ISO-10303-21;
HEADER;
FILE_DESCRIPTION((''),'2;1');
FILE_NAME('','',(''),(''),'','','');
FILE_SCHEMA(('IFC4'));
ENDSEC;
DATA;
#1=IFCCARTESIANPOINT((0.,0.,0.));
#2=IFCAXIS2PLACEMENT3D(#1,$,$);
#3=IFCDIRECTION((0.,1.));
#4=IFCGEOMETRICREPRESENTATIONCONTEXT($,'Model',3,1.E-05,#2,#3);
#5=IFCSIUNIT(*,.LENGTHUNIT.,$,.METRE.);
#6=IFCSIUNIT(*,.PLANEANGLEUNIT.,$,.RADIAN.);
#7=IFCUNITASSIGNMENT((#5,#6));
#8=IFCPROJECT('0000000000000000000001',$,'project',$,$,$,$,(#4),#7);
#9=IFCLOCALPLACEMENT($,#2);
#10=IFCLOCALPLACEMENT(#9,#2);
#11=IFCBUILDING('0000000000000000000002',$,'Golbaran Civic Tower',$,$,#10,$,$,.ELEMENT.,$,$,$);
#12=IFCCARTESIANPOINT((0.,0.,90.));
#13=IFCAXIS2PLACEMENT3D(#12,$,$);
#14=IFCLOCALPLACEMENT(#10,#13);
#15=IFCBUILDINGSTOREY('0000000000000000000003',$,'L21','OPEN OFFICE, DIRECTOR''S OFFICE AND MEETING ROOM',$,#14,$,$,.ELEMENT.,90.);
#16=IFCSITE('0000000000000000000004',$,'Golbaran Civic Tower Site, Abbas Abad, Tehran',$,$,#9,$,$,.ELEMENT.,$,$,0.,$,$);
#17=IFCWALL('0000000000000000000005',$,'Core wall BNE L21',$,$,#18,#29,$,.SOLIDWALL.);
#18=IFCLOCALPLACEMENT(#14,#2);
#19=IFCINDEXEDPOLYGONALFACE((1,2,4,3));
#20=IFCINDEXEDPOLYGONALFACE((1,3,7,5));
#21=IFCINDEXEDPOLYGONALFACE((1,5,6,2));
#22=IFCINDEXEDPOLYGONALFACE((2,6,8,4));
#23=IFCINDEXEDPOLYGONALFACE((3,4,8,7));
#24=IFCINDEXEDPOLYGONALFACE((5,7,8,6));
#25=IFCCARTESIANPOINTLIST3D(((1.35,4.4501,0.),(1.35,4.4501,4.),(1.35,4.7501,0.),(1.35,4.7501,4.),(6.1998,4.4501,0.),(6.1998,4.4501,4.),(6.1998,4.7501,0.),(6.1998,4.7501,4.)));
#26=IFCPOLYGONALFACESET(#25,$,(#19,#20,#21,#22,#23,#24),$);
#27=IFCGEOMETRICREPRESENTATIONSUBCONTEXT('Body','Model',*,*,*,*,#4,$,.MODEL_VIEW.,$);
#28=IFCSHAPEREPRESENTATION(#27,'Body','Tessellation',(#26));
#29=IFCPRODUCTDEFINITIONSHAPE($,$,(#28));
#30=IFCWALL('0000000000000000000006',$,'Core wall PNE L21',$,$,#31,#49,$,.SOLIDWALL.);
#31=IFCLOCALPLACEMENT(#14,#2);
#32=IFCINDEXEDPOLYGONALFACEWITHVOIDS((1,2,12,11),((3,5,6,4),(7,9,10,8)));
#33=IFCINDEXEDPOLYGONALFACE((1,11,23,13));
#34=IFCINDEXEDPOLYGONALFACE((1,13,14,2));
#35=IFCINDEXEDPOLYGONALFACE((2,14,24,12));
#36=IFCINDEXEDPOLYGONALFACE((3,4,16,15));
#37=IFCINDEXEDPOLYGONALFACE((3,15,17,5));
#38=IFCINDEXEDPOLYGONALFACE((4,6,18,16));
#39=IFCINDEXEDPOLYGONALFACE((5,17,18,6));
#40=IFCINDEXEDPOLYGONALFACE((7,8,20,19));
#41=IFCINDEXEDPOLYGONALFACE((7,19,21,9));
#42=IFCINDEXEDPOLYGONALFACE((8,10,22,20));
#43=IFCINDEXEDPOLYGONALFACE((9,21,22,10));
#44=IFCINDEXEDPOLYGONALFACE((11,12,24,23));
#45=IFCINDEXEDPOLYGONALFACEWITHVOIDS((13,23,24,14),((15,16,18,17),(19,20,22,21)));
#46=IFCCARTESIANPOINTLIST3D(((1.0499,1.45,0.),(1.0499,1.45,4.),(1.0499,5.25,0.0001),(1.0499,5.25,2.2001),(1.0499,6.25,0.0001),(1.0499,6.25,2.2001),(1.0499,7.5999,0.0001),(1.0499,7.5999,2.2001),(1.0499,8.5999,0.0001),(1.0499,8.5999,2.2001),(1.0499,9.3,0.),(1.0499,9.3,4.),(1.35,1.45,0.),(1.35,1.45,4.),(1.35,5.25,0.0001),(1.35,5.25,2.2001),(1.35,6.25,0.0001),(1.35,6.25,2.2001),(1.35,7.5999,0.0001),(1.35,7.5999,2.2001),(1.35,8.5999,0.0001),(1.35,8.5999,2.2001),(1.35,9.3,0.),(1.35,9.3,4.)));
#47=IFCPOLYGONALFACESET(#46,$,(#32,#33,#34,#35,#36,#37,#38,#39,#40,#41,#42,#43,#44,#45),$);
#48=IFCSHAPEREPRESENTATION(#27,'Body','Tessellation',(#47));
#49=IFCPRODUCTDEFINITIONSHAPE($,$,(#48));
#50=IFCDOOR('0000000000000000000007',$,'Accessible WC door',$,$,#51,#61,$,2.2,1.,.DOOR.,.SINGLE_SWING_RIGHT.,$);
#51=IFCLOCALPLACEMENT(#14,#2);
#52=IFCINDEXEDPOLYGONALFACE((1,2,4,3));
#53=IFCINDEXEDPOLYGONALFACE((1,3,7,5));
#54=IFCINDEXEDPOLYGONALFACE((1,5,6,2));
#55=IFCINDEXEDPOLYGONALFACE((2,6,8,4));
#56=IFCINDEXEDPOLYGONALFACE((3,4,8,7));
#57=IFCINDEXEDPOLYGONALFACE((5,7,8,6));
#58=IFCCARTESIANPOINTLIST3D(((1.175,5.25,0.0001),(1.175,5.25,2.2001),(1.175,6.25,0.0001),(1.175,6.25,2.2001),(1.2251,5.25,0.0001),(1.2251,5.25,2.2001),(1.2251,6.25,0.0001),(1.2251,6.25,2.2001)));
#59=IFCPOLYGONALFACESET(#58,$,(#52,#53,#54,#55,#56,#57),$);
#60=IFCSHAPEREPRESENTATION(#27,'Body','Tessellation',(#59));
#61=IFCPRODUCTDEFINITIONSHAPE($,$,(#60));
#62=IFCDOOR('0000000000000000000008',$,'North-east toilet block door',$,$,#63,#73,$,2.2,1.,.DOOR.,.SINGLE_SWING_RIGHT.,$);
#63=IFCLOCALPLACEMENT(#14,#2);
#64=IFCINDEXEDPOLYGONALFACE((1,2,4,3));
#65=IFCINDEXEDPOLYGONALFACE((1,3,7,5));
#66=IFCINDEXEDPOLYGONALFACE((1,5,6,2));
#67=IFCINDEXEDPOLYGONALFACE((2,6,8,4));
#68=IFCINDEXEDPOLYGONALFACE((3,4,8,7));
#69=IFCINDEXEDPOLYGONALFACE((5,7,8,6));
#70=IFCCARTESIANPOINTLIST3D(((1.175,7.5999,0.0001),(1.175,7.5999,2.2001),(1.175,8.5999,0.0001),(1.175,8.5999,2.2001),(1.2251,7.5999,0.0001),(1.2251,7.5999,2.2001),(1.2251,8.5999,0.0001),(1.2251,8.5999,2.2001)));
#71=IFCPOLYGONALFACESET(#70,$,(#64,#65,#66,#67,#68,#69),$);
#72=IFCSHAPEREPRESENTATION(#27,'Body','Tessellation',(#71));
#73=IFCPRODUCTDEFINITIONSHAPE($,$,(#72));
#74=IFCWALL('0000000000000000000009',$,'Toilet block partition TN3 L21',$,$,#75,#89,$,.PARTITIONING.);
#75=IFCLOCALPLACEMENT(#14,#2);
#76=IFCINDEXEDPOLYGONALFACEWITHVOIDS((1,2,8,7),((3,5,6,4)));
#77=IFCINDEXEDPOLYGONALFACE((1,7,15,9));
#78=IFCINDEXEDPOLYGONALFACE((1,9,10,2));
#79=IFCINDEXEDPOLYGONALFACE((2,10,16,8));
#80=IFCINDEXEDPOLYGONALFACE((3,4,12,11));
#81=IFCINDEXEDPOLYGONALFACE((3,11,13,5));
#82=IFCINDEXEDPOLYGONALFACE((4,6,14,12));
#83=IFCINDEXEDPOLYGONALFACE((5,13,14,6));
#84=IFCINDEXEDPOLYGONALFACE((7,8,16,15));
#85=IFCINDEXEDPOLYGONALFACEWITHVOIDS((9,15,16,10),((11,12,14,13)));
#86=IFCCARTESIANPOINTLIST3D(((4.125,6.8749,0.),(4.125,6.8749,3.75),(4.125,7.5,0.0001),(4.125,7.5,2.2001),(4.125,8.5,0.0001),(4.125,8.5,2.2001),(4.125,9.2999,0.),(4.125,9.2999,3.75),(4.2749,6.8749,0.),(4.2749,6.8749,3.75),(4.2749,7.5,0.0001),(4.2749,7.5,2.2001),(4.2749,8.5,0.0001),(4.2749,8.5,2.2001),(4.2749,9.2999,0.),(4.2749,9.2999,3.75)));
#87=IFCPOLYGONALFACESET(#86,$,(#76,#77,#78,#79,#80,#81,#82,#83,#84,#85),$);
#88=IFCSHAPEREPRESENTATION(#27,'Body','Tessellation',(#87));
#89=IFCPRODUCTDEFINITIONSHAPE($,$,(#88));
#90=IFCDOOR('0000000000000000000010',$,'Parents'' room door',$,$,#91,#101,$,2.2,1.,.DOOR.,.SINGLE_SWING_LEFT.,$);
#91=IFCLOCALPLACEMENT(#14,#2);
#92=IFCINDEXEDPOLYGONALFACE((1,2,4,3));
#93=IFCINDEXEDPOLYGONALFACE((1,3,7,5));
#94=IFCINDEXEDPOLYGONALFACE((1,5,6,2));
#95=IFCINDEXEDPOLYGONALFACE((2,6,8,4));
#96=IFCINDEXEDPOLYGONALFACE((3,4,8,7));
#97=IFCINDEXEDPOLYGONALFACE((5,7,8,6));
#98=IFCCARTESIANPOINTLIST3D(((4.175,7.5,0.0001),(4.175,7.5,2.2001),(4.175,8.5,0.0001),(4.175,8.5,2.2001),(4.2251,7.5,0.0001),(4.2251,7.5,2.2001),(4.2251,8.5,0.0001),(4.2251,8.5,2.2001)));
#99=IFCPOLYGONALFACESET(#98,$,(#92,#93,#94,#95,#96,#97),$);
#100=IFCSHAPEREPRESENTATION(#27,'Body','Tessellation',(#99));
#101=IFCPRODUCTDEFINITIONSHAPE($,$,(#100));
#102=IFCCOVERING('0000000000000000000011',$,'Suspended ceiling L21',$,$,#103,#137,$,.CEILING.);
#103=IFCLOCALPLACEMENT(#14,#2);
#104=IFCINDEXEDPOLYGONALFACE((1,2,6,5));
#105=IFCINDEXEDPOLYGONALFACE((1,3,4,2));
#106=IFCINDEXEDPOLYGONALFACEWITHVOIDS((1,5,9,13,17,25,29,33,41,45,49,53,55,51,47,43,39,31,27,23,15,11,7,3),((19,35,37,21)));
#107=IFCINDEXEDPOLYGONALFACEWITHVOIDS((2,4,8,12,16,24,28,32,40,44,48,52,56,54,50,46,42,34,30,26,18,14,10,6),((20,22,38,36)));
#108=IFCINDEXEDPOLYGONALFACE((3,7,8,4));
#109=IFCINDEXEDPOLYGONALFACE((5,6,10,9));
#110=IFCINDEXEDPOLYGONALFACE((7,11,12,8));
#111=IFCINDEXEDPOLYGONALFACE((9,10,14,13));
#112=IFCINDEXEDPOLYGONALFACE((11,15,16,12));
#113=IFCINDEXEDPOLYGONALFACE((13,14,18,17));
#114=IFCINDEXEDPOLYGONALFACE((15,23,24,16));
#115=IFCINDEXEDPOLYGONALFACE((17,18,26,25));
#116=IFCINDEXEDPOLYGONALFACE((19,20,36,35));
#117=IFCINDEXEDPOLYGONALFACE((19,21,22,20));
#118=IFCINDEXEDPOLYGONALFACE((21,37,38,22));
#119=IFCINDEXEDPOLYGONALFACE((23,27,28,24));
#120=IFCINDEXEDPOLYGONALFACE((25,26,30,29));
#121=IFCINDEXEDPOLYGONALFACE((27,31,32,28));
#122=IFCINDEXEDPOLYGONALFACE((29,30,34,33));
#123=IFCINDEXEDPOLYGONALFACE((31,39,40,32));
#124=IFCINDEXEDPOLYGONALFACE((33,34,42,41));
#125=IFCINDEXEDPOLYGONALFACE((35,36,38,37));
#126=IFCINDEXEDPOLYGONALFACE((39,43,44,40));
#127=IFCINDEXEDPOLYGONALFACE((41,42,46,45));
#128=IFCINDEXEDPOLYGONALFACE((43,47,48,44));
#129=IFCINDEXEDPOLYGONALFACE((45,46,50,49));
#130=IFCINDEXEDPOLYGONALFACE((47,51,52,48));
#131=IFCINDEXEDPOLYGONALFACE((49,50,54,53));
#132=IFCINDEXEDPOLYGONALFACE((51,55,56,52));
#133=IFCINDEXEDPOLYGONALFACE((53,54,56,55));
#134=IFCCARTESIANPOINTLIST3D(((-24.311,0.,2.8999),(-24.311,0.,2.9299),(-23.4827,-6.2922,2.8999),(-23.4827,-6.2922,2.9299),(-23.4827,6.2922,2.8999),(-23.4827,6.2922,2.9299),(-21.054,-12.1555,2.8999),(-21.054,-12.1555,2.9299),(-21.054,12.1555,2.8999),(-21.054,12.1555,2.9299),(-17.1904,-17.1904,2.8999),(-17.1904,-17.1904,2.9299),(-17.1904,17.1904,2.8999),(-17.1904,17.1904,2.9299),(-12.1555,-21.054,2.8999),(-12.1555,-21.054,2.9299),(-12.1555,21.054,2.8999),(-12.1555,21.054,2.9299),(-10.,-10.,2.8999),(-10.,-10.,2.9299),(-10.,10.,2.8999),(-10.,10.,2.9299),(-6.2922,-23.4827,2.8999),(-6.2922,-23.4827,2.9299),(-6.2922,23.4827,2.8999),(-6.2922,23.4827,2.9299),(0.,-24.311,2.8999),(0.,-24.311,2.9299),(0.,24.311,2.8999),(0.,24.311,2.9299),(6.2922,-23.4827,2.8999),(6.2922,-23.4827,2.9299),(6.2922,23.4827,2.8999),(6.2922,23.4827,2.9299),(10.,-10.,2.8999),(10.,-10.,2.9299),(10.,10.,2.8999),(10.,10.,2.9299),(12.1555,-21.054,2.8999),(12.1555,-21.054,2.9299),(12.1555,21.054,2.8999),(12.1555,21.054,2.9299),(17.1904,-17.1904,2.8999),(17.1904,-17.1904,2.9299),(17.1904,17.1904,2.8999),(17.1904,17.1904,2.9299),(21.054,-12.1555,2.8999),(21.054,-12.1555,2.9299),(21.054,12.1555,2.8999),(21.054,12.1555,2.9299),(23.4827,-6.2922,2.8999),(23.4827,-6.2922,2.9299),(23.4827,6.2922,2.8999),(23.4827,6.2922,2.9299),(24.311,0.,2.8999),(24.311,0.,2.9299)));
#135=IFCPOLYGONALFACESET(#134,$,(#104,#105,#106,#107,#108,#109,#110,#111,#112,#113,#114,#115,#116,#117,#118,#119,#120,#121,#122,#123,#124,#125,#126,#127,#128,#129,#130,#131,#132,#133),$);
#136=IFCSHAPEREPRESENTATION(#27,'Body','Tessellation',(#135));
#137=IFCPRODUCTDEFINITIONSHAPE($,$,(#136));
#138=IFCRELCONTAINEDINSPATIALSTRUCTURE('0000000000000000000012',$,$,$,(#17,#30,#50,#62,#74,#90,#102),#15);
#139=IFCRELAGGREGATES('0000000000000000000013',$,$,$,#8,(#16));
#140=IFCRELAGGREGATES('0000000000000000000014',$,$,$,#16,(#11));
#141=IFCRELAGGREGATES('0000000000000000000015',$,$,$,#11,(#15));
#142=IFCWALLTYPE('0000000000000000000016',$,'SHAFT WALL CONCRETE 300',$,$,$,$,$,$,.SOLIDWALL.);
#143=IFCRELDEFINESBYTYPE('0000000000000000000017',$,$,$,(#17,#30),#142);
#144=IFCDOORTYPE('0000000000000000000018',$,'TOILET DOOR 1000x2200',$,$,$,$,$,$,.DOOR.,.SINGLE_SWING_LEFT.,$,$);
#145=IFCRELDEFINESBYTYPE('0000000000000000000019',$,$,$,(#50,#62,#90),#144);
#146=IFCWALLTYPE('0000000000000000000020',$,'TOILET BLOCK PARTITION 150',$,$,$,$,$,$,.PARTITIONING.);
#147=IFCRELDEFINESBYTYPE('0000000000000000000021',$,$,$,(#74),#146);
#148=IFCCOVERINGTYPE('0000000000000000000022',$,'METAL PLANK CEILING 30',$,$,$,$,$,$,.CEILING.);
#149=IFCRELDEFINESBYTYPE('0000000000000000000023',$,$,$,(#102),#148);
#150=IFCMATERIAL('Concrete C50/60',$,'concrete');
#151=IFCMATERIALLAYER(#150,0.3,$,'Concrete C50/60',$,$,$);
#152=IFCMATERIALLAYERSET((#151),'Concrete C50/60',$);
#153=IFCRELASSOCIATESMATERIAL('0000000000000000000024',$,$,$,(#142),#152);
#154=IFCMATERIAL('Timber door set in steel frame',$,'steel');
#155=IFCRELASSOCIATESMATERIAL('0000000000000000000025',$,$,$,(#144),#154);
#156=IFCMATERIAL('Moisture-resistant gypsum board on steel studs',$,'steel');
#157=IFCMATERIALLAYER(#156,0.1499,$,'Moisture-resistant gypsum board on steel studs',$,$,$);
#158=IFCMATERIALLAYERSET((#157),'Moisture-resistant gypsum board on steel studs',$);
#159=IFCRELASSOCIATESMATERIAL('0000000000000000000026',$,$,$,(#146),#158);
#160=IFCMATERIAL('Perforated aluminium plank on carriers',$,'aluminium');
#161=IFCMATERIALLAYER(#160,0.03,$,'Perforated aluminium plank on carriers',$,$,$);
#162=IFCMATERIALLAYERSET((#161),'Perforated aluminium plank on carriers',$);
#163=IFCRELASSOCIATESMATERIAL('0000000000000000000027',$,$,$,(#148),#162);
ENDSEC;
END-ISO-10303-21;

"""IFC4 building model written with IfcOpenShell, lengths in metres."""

from ifc_helpers import new_model, si_unit, direction, frame, frame_2d, origin, place, context, subcontext, project, spatial, polyline, rectangle, outline, extrude, material, layer, layer_set, type_object, element, fill, save


model = new_model("IFC4")

# Units and contexts
model_context = context("Model", 3, precision=1e-05, world=origin(), true_north=direction((0.0, 1.0)))
body_context = subcontext(model_context, "Body", "Model", "MODEL_VIEW")
ifc_project = project(units=[si_unit("LENGTHUNIT", "METRE"), si_unit("PLANEANGLEUNIT", "RADIAN")], contexts=[model_context])

# Site, building, storey
site_placement = place(None, origin())
site = spatial("IfcSite", under=ifc_project, at=site_placement, Name="Golbaran Civic Tower Site, Abbas Abad, Tehran", CompositionType="ELEMENT", RefElevation=0.0)
building_placement = place(site_placement, origin())
building = spatial("IfcBuilding", under=site, at=building_placement, Name="Golbaran Civic Tower", CompositionType="ELEMENT")
storey_placement = place(building_placement, frame((0.0, 0.0, 90.0)))
storey = spatial("IfcBuildingStorey", under=building, at=storey_placement, Name="L21", Description="OPEN OFFICE, DIRECTOR'S OFFICE AND MEETING ROOM", CompositionType="ELEMENT", Elevation=90.0)

# Shared definitions
ifc_material_1 = material(Name="Timber door set in steel frame", Category="steel")

# Shared definitions
ifc_material_2 = material(Name="Concrete C50/60", Category="concrete")
ifc_layer_1 = layer(ifc_material_2, 0.3, Name="Concrete C50/60")
ifc_layer_set_1 = layer_set([ifc_layer_1], Name="Concrete C50/60")
wall_type_1 = type_object("IfcWallType", Name="SHAFT WALL CONCRETE 300", PredefinedType="SOLIDWALL", material=ifc_layer_set_1)

# Wall
wall_1_placement = place(storey_placement, frame((1.3501, 4.6001, 0.0), z_axis=(0.0, 0.0, 1.0), x_axis=(1.0, 0.0, 0.0)))
element("IfcWall", 1, at=wall_1_placement, inside=storey, type_object=wall_type_1, Name="Core wall BNE L21", PredefinedType="SOLIDWALL", context=body_context, shape_type="SweptSolid", body=[
    extrude(rectangle(XDim=4.8499, YDim=0.3, at=frame_2d((2.4248, 0.0))), origin(), (0.0, 0.0, 1.0), 4.0),
])

# Wall, openings, doors
wall_2_placement = place(storey_placement, frame((1.2, 1.45, 0.0), z_axis=(0.0, 0.0, 1.0), x_axis=(0.0, 1.0, 0.0)))
wall_2 = element("IfcWall", 2, at=wall_2_placement, inside=storey, type_object=wall_type_1, Name="Core wall PNE L21", PredefinedType="SOLIDWALL", context=body_context, shape_type="SweptSolid", body=[
    extrude(rectangle(XDim=7.8501, YDim=0.3, at=frame_2d((3.925, 0.0))), origin(), (0.0, 0.0, 1.0), 4.0),
])
opening_1_placement = place(wall_2_placement, frame((3.8, 0.0, 0.0)))
opening_1 = element("IfcOpeningElement", 3, at=opening_1_placement, cuts=wall_2, PredefinedType="OPENING", context=body_context, shape_type="SweptSolid", body=[
    extrude(rectangle(XDim=1.0, YDim=2.2, at=frame_2d((0.5, 1.1001))), frame((0.0, 0.1599, 0.0), z_axis=(0.0, -1.0, 0.0), x_axis=(1.0, 0.0, 0.0)), (0.0, 0.0, 1.0), 0.3201),
])
opening_2_placement = place(wall_2_placement, frame((6.1499, 0.0, 0.0)))
opening_2 = element("IfcOpeningElement", 4, at=opening_2_placement, cuts=wall_2, PredefinedType="OPENING", context=body_context, shape_type="SweptSolid", body=[
    extrude(rectangle(XDim=1.0, YDim=2.2, at=frame_2d((0.5, 1.1001))), frame((0.0, 0.1599, 0.0), z_axis=(0.0, -1.0, 0.0), x_axis=(1.0, 0.0, 0.0)), (0.0, 0.0, 1.0), 0.3201),
])
door_type_1 = type_object("IfcDoorType", Name="TOILET DOOR 1000x2200", OperationType="SINGLE_SWING_LEFT", PredefinedType="DOOR", material=ifc_material_1)
door_1_placement = place(opening_1_placement, origin())
door_1 = element("IfcDoor", 5, at=door_1_placement, inside=storey, type_object=door_type_1, Name="Accessible WC door", OperationType="SINGLE_SWING_RIGHT", OverallHeight=2.2, OverallWidth=1.0, PredefinedType="DOOR", context=body_context, shape_type="SweptSolid", body=[
    extrude(rectangle(XDim=1.0, YDim=2.2, at=frame_2d((0.5, 1.1001))), frame((0.0, 0.0249, 0.0), z_axis=(0.0, -1.0, 0.0), x_axis=(1.0, 0.0, 0.0)), (0.0, 0.0, 1.0), 0.05),
])
fill(opening_1, door_1)
door_2_placement = place(opening_2_placement, origin())
door_2 = element("IfcDoor", 6, at=door_2_placement, inside=storey, type_object=door_type_1, Name="North-east toilet block door", OperationType="SINGLE_SWING_RIGHT", OverallHeight=2.2, OverallWidth=1.0, PredefinedType="DOOR", context=body_context, shape_type="SweptSolid", body=[
    extrude(rectangle(XDim=1.0, YDim=2.2, at=frame_2d((0.5, 1.1001))), frame((0.0, 0.0249, 0.0), z_axis=(0.0, -1.0, 0.0), x_axis=(1.0, 0.0, 0.0)), (0.0, 0.0, 1.0), 0.05),
])
fill(opening_2, door_2)

# Wall, opening, door
ifc_material_3 = material(Name="Moisture-resistant gypsum board on steel studs", Category="steel")
ifc_layer_2 = layer(ifc_material_3, 0.1499, Name="Moisture-resistant gypsum board on steel studs")
ifc_layer_set_2 = layer_set([ifc_layer_2], Name="Moisture-resistant gypsum board on steel studs")
wall_type_2 = type_object("IfcWallType", Name="TOILET BLOCK PARTITION 150", PredefinedType="PARTITIONING", material=ifc_layer_set_2)
wall_3_placement = place(storey_placement, frame((4.2, 6.875, 0.0), z_axis=(0.0, 0.0, 1.0), x_axis=(0.0, 1.0, 0.0)))
wall_3 = element("IfcWall", 7, at=wall_3_placement, inside=storey, type_object=wall_type_2, Name="Toilet block partition TN3 L21", PredefinedType="PARTITIONING", context=body_context, shape_type="SweptSolid", body=[
    extrude(rectangle(XDim=2.425, YDim=0.1499, at=frame_2d((1.2124, 0.0))), origin(), (0.0, 0.0, 1.0), 3.75),
])
opening_3_placement = place(wall_3_placement, frame((0.625, 0.0, 0.0)))
opening_3 = element("IfcOpeningElement", 8, at=opening_3_placement, cuts=wall_3, PredefinedType="OPENING", context=body_context, shape_type="SweptSolid", body=[
    extrude(rectangle(XDim=1.0, YDim=2.2, at=frame_2d((0.5, 1.1001))), frame((0.0, 0.085, 0.0), z_axis=(0.0, -1.0, 0.0), x_axis=(1.0, 0.0, 0.0)), (0.0, 0.0, 1.0), 0.1699),
])
door_3_placement = place(opening_3_placement, origin())
door_3 = element("IfcDoor", 9, at=door_3_placement, inside=storey, type_object=door_type_1, Name="Parents' room door", OperationType="SINGLE_SWING_LEFT", OverallHeight=2.2, OverallWidth=1.0, PredefinedType="DOOR", context=body_context, shape_type="SweptSolid", body=[
    extrude(rectangle(XDim=1.0, YDim=2.2, at=frame_2d((0.5, 1.1001))), frame((0.0, 0.0249, 0.0), z_axis=(0.0, -1.0, 0.0), x_axis=(1.0, 0.0, 0.0)), (0.0, 0.0, 1.0), 0.05),
])
fill(opening_3, door_3)

# Covering
ifc_material_4 = material(Name="Perforated aluminium plank on carriers", Category="aluminium")
ifc_layer_3 = layer(ifc_material_4, 0.03, Name="Perforated aluminium plank on carriers")
ifc_layer_set_3 = layer_set([ifc_layer_3], Name="Perforated aluminium plank on carriers")
covering_type_1 = type_object("IfcCoveringType", Name="METAL PLANK CEILING 30", PredefinedType="CEILING", material=ifc_layer_set_3)
covering_1_placement = place(storey_placement, frame((0.0, 0.0, 2.8999)))
element("IfcCovering", 10, at=covering_1_placement, inside=storey, type_object=covering_type_1, Name="Suspended ceiling L21", PredefinedType="CEILING", context=body_context, shape_type="SweptSolid", body=[
    extrude(outline(polyline([(-21.054, 12.1555), (-17.1904, 17.1904), (-12.1555, 21.054), (-6.2922, 23.4827), (0.0, 24.311), (6.2922, 23.4827), (12.1555, 21.054), (17.1904, 17.1904), (21.054, 12.1555), (23.4827, 6.2922), (24.311, 0.0), (23.4827, -6.2922), (21.054, -12.1555), (17.1904, -17.1904), (12.1555, -21.054), (6.2922, -23.4827), (0.0, -24.311), (-6.2922, -23.4827), (-12.1555, -21.054), (-17.1904, -17.1904), (-21.054, -12.1555), (-23.4827, -6.2922), (-24.311, 0.0), (-23.4827, 6.2922), (-21.054, 12.1555)]), holes=[polyline([(10.0, -10.0), (10.0, 10.0), (-10.0, 10.0), (-10.0, -10.0), (10.0, -10.0)])]), origin(), (0.0, 0.0, 1.0), 0.03),
])

save(model, "model.ifc")
